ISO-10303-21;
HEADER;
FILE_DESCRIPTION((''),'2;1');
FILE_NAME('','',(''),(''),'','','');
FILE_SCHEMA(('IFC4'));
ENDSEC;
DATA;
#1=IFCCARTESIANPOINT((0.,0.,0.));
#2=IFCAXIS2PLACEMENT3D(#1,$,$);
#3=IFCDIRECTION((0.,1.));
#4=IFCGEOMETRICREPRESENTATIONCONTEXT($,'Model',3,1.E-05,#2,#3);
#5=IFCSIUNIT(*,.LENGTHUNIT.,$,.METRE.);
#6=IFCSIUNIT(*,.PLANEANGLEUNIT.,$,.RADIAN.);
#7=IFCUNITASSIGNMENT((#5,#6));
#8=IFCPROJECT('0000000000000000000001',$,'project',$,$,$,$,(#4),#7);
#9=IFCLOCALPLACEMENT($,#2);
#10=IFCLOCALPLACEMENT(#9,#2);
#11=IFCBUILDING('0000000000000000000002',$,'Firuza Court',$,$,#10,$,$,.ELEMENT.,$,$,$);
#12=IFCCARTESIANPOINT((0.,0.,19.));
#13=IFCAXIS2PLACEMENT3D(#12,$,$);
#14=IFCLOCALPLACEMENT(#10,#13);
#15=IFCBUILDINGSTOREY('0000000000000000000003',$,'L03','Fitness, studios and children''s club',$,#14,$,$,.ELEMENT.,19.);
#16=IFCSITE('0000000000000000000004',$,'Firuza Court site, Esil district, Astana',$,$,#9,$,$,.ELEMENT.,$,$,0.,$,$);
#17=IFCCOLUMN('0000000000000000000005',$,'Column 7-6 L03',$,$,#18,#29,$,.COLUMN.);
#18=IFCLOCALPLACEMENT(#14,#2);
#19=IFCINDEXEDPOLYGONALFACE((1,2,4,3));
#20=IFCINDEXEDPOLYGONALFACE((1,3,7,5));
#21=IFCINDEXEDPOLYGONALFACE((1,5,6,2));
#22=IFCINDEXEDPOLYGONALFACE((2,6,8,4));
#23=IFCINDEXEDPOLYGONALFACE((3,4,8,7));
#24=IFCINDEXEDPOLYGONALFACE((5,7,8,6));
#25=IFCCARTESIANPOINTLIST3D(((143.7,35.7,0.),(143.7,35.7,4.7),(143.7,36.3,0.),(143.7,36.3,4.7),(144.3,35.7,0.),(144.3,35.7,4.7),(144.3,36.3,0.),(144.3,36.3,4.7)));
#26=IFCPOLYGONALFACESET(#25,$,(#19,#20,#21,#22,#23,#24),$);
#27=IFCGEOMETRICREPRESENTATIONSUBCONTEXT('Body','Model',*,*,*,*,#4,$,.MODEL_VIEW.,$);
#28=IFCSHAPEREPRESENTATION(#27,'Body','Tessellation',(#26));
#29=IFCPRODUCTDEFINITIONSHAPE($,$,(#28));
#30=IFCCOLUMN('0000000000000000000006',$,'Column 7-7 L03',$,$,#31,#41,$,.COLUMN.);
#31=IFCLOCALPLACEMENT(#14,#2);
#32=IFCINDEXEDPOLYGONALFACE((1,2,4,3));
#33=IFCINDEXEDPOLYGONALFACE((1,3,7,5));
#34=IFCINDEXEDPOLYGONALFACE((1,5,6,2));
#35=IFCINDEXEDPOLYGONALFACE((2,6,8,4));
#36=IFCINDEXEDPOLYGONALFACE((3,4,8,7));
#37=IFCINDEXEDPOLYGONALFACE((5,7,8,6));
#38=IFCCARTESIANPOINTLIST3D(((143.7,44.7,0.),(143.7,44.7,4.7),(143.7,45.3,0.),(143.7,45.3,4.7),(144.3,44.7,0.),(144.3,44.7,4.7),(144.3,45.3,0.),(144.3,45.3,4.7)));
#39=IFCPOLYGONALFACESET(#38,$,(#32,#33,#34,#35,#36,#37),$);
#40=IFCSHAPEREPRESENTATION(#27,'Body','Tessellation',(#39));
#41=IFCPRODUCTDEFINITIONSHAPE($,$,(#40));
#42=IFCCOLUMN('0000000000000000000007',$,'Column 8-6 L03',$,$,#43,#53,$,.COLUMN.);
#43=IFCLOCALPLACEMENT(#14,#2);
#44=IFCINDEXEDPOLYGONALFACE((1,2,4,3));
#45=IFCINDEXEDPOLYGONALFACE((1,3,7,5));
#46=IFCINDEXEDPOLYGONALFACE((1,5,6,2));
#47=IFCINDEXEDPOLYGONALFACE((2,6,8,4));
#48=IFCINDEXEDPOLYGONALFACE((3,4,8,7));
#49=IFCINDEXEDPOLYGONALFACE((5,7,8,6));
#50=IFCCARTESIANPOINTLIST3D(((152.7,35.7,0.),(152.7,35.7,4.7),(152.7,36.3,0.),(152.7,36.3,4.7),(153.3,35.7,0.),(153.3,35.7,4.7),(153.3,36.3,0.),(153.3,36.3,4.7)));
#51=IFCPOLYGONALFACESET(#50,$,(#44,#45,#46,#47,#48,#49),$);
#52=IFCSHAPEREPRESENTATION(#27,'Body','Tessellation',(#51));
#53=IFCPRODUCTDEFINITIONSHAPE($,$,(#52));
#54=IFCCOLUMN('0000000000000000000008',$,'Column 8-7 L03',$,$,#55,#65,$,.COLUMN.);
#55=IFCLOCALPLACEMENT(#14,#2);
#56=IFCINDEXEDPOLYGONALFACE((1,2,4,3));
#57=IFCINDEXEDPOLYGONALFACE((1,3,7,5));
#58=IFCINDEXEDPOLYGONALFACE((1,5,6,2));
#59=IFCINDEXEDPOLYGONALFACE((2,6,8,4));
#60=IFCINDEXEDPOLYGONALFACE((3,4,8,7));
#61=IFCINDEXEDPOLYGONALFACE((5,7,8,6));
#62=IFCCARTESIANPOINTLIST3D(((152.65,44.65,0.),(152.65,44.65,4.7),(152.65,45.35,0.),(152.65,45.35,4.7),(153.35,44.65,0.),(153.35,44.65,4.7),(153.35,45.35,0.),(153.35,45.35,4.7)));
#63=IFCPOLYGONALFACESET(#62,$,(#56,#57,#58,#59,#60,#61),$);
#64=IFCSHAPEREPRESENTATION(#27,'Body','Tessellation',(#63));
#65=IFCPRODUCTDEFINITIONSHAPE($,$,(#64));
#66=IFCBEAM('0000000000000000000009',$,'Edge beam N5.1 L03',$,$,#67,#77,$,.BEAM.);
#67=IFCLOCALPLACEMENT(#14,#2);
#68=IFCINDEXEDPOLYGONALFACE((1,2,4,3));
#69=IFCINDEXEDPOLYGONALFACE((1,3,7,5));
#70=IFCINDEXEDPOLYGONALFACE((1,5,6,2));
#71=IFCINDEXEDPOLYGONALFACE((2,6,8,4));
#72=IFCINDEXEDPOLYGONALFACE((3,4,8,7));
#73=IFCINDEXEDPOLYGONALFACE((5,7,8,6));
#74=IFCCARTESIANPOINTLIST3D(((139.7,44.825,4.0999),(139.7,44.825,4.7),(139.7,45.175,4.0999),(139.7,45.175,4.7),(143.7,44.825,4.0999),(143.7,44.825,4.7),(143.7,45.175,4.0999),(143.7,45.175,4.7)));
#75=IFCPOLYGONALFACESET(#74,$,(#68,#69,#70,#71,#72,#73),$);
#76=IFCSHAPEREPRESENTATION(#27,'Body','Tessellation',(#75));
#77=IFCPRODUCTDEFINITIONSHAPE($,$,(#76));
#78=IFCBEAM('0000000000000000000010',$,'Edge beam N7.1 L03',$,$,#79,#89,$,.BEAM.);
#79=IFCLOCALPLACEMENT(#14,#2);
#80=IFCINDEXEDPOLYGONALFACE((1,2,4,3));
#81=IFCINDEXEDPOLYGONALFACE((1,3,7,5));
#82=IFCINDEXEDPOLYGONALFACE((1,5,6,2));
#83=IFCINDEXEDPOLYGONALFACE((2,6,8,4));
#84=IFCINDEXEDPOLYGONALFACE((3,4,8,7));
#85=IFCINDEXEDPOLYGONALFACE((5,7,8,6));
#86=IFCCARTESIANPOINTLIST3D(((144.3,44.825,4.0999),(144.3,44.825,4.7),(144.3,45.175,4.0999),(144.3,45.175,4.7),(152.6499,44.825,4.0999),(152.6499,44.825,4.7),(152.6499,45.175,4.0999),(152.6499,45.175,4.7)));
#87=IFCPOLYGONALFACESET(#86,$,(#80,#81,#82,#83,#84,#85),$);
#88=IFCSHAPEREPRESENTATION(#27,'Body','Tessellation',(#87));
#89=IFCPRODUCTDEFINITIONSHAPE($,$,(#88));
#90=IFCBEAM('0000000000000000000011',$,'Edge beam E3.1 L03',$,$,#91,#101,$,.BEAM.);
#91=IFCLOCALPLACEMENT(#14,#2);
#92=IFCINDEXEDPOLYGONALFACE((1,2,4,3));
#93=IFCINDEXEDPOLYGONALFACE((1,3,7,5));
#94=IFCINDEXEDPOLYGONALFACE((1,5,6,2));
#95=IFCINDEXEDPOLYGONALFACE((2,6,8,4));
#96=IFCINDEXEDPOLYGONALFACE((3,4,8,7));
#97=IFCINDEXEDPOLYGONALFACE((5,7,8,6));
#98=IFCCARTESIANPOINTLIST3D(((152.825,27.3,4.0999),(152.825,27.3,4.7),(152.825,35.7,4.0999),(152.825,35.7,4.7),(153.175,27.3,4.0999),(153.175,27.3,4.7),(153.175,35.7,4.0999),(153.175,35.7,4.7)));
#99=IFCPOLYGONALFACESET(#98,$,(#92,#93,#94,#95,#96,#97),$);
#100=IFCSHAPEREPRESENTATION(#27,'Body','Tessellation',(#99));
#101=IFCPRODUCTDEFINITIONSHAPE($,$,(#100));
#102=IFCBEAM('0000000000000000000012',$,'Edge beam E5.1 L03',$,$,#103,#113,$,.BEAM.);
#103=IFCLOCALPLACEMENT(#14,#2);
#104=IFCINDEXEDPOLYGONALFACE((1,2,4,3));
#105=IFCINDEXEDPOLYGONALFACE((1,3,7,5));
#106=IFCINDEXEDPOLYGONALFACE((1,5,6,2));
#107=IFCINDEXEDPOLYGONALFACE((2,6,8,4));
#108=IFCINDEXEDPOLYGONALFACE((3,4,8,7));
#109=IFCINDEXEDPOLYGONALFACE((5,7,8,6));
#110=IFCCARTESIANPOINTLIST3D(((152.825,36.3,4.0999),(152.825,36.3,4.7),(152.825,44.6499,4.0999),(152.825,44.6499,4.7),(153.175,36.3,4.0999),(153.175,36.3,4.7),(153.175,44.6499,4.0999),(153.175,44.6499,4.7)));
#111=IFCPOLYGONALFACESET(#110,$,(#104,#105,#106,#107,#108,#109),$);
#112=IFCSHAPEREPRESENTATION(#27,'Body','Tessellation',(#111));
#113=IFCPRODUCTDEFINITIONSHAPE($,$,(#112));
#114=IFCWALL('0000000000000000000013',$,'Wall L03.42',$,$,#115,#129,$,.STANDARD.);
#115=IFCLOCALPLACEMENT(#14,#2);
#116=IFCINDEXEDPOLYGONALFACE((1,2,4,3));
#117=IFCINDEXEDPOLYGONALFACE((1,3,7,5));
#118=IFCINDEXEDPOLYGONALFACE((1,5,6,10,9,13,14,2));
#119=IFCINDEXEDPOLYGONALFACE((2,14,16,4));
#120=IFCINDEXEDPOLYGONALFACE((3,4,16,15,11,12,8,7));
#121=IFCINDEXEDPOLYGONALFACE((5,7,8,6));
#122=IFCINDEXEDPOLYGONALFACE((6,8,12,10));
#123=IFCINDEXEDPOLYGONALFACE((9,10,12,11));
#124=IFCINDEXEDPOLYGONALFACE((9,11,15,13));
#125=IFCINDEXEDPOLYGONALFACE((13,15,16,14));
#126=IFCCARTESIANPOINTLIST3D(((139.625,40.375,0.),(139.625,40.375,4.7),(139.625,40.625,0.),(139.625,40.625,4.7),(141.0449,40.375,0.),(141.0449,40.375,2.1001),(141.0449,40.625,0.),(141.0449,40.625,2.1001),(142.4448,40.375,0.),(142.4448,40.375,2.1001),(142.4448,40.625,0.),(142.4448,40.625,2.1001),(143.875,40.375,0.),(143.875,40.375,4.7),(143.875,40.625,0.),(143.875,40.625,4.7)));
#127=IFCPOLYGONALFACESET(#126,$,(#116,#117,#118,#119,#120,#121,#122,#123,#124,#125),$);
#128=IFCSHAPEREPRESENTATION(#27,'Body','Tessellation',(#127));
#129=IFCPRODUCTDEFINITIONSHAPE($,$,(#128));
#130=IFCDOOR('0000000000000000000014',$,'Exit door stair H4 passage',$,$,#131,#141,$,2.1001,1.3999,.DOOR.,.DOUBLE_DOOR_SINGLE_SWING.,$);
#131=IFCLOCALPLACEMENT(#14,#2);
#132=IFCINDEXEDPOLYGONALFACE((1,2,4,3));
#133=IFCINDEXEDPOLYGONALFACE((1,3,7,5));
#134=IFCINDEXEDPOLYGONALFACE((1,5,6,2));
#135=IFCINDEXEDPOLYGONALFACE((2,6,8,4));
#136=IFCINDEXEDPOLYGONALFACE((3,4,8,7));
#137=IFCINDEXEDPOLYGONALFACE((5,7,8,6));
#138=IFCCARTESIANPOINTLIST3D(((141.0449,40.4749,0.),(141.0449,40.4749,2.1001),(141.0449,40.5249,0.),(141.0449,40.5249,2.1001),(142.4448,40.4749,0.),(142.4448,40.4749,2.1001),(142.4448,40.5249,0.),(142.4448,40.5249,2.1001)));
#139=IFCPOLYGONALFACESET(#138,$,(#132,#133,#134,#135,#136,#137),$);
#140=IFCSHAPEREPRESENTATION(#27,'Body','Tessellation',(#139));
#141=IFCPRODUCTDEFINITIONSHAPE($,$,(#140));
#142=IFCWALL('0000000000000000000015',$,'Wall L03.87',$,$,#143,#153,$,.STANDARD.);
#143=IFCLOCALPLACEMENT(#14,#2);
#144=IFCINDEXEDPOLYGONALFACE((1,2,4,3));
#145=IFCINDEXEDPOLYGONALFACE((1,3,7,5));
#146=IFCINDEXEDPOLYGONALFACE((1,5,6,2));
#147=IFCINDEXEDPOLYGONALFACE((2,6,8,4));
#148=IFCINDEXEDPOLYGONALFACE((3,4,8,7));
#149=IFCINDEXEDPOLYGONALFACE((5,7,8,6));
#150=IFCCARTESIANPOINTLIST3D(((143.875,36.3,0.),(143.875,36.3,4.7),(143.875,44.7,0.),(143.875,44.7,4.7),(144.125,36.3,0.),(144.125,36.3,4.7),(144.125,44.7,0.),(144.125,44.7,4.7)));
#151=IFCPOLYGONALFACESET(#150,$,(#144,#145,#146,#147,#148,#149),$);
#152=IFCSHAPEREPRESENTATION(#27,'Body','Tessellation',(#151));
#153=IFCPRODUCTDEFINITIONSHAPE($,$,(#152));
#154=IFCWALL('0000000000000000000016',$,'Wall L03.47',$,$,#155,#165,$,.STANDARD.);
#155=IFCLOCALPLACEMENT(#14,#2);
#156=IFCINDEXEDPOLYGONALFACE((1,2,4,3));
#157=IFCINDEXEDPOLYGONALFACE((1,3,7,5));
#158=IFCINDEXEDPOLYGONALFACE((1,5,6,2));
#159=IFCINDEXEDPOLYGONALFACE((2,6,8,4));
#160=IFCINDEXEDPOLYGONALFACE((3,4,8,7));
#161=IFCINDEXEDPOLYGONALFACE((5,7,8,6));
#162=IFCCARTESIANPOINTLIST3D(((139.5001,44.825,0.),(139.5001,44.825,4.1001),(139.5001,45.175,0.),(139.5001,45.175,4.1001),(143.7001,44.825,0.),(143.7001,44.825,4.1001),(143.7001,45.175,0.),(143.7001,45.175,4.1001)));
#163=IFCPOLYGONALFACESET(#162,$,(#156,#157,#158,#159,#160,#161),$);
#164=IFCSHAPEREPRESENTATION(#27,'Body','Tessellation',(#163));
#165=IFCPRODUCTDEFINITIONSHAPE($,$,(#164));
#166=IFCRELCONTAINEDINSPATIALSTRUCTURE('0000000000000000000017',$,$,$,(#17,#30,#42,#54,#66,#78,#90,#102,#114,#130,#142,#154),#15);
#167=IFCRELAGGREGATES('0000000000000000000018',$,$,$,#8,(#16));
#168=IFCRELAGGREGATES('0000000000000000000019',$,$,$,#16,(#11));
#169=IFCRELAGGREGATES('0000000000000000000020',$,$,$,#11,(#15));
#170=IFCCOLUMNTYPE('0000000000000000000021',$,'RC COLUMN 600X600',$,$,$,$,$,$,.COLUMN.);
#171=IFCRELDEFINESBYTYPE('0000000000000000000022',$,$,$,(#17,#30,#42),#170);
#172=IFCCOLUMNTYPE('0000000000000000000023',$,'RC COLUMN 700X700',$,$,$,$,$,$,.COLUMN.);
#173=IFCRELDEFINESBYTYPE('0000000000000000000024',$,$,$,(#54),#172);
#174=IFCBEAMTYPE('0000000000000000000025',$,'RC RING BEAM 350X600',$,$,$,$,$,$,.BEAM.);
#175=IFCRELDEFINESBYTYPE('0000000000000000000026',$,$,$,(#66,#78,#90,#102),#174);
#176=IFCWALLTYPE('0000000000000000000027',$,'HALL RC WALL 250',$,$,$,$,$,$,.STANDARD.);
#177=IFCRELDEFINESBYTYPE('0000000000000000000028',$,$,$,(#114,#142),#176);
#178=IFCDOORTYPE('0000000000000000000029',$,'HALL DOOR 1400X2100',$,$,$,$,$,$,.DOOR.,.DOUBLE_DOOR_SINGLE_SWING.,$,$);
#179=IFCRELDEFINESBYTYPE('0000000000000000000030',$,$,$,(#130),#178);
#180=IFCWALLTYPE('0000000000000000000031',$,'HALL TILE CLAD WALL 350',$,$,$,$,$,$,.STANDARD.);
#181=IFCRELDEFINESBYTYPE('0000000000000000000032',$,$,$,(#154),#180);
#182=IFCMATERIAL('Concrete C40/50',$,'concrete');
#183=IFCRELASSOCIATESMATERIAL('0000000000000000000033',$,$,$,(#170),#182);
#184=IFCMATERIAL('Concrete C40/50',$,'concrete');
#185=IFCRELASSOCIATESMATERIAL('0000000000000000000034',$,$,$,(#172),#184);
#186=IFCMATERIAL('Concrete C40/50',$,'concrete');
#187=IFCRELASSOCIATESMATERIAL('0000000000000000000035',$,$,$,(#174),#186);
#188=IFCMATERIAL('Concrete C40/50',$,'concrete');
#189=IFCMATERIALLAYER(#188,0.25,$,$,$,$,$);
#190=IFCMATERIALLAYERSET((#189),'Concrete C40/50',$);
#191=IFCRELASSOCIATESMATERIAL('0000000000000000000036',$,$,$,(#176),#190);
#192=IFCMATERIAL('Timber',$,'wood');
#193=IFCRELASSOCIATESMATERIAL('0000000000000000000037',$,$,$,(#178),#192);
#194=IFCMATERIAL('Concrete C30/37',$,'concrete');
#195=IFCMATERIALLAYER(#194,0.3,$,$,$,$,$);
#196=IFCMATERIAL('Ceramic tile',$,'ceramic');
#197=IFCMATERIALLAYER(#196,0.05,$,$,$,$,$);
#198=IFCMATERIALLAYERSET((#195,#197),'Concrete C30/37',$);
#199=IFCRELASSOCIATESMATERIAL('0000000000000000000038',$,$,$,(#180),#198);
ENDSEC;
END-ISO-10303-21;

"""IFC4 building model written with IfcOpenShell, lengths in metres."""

from ifc_helpers import new_model, si_unit, direction, frame, frame_2d, origin, origin_2d, place, context, subcontext, project, spatial, rectangle, extrude, material, layer, layer_set, material_profile, profile_set, type_object, element, fill, save


model = new_model("IFC4")

# Units and contexts
model_context = context("Model", 3, precision=1e-05, world=origin(), true_north=direction((0.0, 1.0)))
body_context = subcontext(model_context, "Body", "Model", "MODEL_VIEW")
ifc_project = project(units=[si_unit("LENGTHUNIT", "METRE"), si_unit("PLANEANGLEUNIT", "RADIAN")], contexts=[model_context])

# Site, building, storey
site_placement = place(None, origin())
site = spatial("IfcSite", under=ifc_project, at=site_placement, Name="Firuza Court site, Esil district, Astana", CompositionType="ELEMENT", RefElevation=0.0)
building_placement = place(site_placement, origin())
building = spatial("IfcBuilding", under=site, at=building_placement, Name="Firuza Court", CompositionType="ELEMENT")
storey_placement = place(building_placement, frame((0.0, 0.0, 19.0)))
storey = spatial("IfcBuildingStorey", under=building, at=storey_placement, Name="L03", Description="Fitness, studios and children's club", CompositionType="ELEMENT", Elevation=19.0)

# Columns
ifc_material_1 = material(Name="Concrete C40/50", Category="concrete")
ifc_material_profile_1 = material_profile(ifc_material_1, rectangle(XDim=0.6001, YDim=0.6001, at=origin_2d()), Name="RC 600X600")
ifc_profile_set_1 = profile_set([ifc_material_profile_1], Name="Concrete C40/50")
column_type_1 = type_object("IfcColumnType", Name="RC COLUMN 600X600", PredefinedType="COLUMN", material=ifc_profile_set_1)
for number, where, z_axis, x_axis, name in (
    (1, (144.0, 36.0, 0.0), (0.0, 0.0, 1.0), (1.0, 0.0, 0.0), "Column 7-6 L03"),
    (2, (144.0, 45.0, 0.0), (0.0, 0.0, 1.0), (1.0, 0.0, 0.0), "Column 7-7 L03"),
    (3, (153.0, 36.0, 0.0), (0.0, 0.0, 1.0), (1.0, 0.0, 0.0), "Column 8-6 L03"),
):
    element("IfcColumn", number, at=place(storey_placement, frame(where, z_axis=z_axis, x_axis=x_axis)), inside=storey, type_object=column_type_1, Name=name, PredefinedType="COLUMN", context=body_context, shape_type="SweptSolid", body=[
        extrude(rectangle(XDim=0.6001, YDim=0.6001, at=origin_2d()), origin(), (0.0, 0.0, 1.0), 4.7),
    ])
ifc_material_2 = material(Name="Concrete C40/50", Category="concrete")
ifc_material_profile_2 = material_profile(ifc_material_2, rectangle(XDim=0.7, YDim=0.7, at=origin_2d()), Name="RC 700X700")
ifc_profile_set_2 = profile_set([ifc_material_profile_2], Name="Concrete C40/50")
column_type_2 = type_object("IfcColumnType", Name="RC COLUMN 700X700", PredefinedType="COLUMN", material=ifc_profile_set_2)
column_placement = place(storey_placement, frame((153.0, 45.0, 0.0), z_axis=(0.0, 0.0, 1.0), x_axis=(1.0, 0.0, 0.0)))
element("IfcColumn", 4, at=column_placement, inside=storey, type_object=column_type_2, Name="Column 8-7 L03", PredefinedType="COLUMN", context=body_context, shape_type="SweptSolid", body=[
    extrude(rectangle(XDim=0.7, YDim=0.7, at=origin_2d()), origin(), (0.0, 0.0, 1.0), 4.7),
])

# Beams
ifc_material_3 = material(Name="Concrete C40/50", Category="concrete")
ifc_material_profile_3 = material_profile(ifc_material_3, rectangle(XDim=0.3501, YDim=0.6001, at=origin_2d()), Name="RC 350X600")
ifc_profile_set_3 = profile_set([ifc_material_profile_3], Name="Concrete C40/50")
beam_type = type_object("IfcBeamType", Name="RC RING BEAM 350X600", PredefinedType="BEAM", material=ifc_profile_set_3)
beam_1_placement = place(storey_placement, frame((139.7, 45.0, 4.3999), z_axis=(1.0, 0.0, 0.0), x_axis=(0.0, 1.0, 0.0)))
element("IfcBeam", 5, at=beam_1_placement, inside=storey, type_object=beam_type, Name="Edge beam N5.1 L03", PredefinedType="BEAM", context=body_context, shape_type="SweptSolid", body=[
    extrude(rectangle(XDim=0.3501, YDim=0.6001, at=origin_2d()), origin(), (0.0, 0.0, 1.0), 4.0),
])
beam_2_placement = place(storey_placement, frame((144.3, 45.0, 4.3999), z_axis=(1.0, 0.0, 0.0), x_axis=(0.0, 1.0, 0.0)))
element("IfcBeam", 6, at=beam_2_placement, inside=storey, type_object=beam_type, Name="Edge beam N7.1 L03", PredefinedType="BEAM", context=body_context, shape_type="SweptSolid", body=[
    extrude(rectangle(XDim=0.3501, YDim=0.6001, at=origin_2d()), origin(), (0.0, 0.0, 1.0), 8.3499),
])
beam_3_placement = place(storey_placement, frame((153.0, 27.3, 4.3999), z_axis=(0.0, 1.0, 0.0), x_axis=(-1.0, 0.0, 0.0)))
element("IfcBeam", 7, at=beam_3_placement, inside=storey, type_object=beam_type, Name="Edge beam E3.1 L03", PredefinedType="BEAM", context=body_context, shape_type="SweptSolid", body=[
    extrude(rectangle(XDim=0.3501, YDim=0.6001, at=origin_2d()), origin(), (0.0, 0.0, 1.0), 8.3999),
])
beam_4_placement = place(storey_placement, frame((153.0, 36.3, 4.3999), z_axis=(0.0, 1.0, 0.0), x_axis=(-1.0, 0.0, 0.0)))
element("IfcBeam", 8, at=beam_4_placement, inside=storey, type_object=beam_type, Name="Edge beam E5.1 L03", PredefinedType="BEAM", context=body_context, shape_type="SweptSolid", body=[
    extrude(rectangle(XDim=0.3501, YDim=0.6001, at=origin_2d()), origin(), (0.0, 0.0, 1.0), 8.3499),
])

# Wall, opening, door
ifc_material_4 = material(Name="Concrete C40/50", Category="concrete")
ifc_layer_1 = layer(ifc_material_4, 0.25)
ifc_layer_set_1 = layer_set([ifc_layer_1], Name="Concrete C40/50")
wall_type_1 = type_object("IfcWallType", Name="HALL RC WALL 250", PredefinedType="STANDARD", material=ifc_layer_set_1)
wall_1_placement = place(storey_placement, frame((139.625, 40.5, 0.0), z_axis=(0.0, 0.0, 1.0), x_axis=(1.0, 0.0, 0.0)))
wall_1 = element("IfcWall", 9, at=wall_1_placement, inside=storey, type_object=wall_type_1, Name="Wall L03.42", PredefinedType="STANDARD", context=body_context, shape_type="SweptSolid", body=[
    extrude(rectangle(XDim=4.25, YDim=0.25, at=frame_2d((2.125, 0.0))), origin(), (0.0, 0.0, 1.0), 4.7),
])
opening_1_placement = place(wall_1_placement, frame((1.4199, 0.0, 0.0)))
opening_1 = element("IfcOpeningElement", 10, at=opening_1_placement, cuts=wall_1, PredefinedType="OPENING", context=body_context, shape_type="SweptSolid", body=[
    extrude(rectangle(XDim=1.3999, YDim=2.1001, at=frame_2d((0.7, 1.05))), frame((0.0, 0.137, 0.0), z_axis=(0.0, -1.0, 0.0), x_axis=(1.0, 0.0, 0.0)), (0.0, 0.0, 1.0), 0.2739),
])
ifc_material_5 = material(Name="Timber", Category="wood")
door_type = type_object("IfcDoorType", Name="HALL DOOR 1400X2100", OperationType="DOUBLE_DOOR_SINGLE_SWING", PredefinedType="DOOR", material=ifc_material_5)
door_placement = place(opening_1_placement, origin())
door = element("IfcDoor", 11, at=door_placement, inside=storey, type_object=door_type, Name="Exit door stair H4 passage", OperationType="DOUBLE_DOOR_SINGLE_SWING", OverallHeight=2.1001, OverallWidth=1.3999, PredefinedType="DOOR", context=body_context, shape_type="SweptSolid", body=[
    extrude(rectangle(XDim=1.3999, YDim=2.1001, at=frame_2d((0.7, 1.05))), frame((0.0, 0.0249, 0.0), z_axis=(0.0, -1.0, 0.0), x_axis=(1.0, 0.0, 0.0)), (0.0, 0.0, 1.0), 0.05),
])
fill(opening_1, door)

# Walls
wall_2_placement = place(storey_placement, frame((144.0, 36.3, 0.0), z_axis=(0.0, 0.0, 1.0), x_axis=(0.0, 1.0, 0.0)))
element("IfcWall", 12, at=wall_2_placement, inside=storey, type_object=wall_type_1, Name="Wall L03.87", PredefinedType="STANDARD", context=body_context, shape_type="SweptSolid", body=[
    extrude(rectangle(XDim=8.3999, YDim=0.25, at=frame_2d((4.2, 0.0))), origin(), (0.0, 0.0, 1.0), 4.7),
])
ifc_material_6 = material(Name="Concrete C30/37", Category="concrete")
ifc_layer_2 = layer(ifc_material_6, 0.3)
ifc_material_7 = material(Name="Ceramic tile", Category="ceramic")
ifc_layer_3 = layer(ifc_material_7, 0.05)
ifc_layer_set_2 = layer_set([ifc_layer_2, ifc_layer_3], Name="Concrete C30/37")
wall_type_2 = type_object("IfcWallType", Name="HALL TILE CLAD WALL 350", PredefinedType="STANDARD", material=ifc_layer_set_2)
wall_3_placement = place(storey_placement, frame((139.5, 45.0, 0.0), z_axis=(0.0, 0.0, 1.0), x_axis=(1.0, 0.0, 0.0)))
element("IfcWall", 13, at=wall_3_placement, inside=storey, type_object=wall_type_2, Name="Wall L03.47", PredefinedType="STANDARD", context=body_context, shape_type="SweptSolid", body=[
    extrude(rectangle(XDim=4.2, YDim=0.3501, at=frame_2d((2.1001, 0.0))), origin(), (0.0, 0.0, 1.0), 4.1001),
])

save(model, "model.ifc")
